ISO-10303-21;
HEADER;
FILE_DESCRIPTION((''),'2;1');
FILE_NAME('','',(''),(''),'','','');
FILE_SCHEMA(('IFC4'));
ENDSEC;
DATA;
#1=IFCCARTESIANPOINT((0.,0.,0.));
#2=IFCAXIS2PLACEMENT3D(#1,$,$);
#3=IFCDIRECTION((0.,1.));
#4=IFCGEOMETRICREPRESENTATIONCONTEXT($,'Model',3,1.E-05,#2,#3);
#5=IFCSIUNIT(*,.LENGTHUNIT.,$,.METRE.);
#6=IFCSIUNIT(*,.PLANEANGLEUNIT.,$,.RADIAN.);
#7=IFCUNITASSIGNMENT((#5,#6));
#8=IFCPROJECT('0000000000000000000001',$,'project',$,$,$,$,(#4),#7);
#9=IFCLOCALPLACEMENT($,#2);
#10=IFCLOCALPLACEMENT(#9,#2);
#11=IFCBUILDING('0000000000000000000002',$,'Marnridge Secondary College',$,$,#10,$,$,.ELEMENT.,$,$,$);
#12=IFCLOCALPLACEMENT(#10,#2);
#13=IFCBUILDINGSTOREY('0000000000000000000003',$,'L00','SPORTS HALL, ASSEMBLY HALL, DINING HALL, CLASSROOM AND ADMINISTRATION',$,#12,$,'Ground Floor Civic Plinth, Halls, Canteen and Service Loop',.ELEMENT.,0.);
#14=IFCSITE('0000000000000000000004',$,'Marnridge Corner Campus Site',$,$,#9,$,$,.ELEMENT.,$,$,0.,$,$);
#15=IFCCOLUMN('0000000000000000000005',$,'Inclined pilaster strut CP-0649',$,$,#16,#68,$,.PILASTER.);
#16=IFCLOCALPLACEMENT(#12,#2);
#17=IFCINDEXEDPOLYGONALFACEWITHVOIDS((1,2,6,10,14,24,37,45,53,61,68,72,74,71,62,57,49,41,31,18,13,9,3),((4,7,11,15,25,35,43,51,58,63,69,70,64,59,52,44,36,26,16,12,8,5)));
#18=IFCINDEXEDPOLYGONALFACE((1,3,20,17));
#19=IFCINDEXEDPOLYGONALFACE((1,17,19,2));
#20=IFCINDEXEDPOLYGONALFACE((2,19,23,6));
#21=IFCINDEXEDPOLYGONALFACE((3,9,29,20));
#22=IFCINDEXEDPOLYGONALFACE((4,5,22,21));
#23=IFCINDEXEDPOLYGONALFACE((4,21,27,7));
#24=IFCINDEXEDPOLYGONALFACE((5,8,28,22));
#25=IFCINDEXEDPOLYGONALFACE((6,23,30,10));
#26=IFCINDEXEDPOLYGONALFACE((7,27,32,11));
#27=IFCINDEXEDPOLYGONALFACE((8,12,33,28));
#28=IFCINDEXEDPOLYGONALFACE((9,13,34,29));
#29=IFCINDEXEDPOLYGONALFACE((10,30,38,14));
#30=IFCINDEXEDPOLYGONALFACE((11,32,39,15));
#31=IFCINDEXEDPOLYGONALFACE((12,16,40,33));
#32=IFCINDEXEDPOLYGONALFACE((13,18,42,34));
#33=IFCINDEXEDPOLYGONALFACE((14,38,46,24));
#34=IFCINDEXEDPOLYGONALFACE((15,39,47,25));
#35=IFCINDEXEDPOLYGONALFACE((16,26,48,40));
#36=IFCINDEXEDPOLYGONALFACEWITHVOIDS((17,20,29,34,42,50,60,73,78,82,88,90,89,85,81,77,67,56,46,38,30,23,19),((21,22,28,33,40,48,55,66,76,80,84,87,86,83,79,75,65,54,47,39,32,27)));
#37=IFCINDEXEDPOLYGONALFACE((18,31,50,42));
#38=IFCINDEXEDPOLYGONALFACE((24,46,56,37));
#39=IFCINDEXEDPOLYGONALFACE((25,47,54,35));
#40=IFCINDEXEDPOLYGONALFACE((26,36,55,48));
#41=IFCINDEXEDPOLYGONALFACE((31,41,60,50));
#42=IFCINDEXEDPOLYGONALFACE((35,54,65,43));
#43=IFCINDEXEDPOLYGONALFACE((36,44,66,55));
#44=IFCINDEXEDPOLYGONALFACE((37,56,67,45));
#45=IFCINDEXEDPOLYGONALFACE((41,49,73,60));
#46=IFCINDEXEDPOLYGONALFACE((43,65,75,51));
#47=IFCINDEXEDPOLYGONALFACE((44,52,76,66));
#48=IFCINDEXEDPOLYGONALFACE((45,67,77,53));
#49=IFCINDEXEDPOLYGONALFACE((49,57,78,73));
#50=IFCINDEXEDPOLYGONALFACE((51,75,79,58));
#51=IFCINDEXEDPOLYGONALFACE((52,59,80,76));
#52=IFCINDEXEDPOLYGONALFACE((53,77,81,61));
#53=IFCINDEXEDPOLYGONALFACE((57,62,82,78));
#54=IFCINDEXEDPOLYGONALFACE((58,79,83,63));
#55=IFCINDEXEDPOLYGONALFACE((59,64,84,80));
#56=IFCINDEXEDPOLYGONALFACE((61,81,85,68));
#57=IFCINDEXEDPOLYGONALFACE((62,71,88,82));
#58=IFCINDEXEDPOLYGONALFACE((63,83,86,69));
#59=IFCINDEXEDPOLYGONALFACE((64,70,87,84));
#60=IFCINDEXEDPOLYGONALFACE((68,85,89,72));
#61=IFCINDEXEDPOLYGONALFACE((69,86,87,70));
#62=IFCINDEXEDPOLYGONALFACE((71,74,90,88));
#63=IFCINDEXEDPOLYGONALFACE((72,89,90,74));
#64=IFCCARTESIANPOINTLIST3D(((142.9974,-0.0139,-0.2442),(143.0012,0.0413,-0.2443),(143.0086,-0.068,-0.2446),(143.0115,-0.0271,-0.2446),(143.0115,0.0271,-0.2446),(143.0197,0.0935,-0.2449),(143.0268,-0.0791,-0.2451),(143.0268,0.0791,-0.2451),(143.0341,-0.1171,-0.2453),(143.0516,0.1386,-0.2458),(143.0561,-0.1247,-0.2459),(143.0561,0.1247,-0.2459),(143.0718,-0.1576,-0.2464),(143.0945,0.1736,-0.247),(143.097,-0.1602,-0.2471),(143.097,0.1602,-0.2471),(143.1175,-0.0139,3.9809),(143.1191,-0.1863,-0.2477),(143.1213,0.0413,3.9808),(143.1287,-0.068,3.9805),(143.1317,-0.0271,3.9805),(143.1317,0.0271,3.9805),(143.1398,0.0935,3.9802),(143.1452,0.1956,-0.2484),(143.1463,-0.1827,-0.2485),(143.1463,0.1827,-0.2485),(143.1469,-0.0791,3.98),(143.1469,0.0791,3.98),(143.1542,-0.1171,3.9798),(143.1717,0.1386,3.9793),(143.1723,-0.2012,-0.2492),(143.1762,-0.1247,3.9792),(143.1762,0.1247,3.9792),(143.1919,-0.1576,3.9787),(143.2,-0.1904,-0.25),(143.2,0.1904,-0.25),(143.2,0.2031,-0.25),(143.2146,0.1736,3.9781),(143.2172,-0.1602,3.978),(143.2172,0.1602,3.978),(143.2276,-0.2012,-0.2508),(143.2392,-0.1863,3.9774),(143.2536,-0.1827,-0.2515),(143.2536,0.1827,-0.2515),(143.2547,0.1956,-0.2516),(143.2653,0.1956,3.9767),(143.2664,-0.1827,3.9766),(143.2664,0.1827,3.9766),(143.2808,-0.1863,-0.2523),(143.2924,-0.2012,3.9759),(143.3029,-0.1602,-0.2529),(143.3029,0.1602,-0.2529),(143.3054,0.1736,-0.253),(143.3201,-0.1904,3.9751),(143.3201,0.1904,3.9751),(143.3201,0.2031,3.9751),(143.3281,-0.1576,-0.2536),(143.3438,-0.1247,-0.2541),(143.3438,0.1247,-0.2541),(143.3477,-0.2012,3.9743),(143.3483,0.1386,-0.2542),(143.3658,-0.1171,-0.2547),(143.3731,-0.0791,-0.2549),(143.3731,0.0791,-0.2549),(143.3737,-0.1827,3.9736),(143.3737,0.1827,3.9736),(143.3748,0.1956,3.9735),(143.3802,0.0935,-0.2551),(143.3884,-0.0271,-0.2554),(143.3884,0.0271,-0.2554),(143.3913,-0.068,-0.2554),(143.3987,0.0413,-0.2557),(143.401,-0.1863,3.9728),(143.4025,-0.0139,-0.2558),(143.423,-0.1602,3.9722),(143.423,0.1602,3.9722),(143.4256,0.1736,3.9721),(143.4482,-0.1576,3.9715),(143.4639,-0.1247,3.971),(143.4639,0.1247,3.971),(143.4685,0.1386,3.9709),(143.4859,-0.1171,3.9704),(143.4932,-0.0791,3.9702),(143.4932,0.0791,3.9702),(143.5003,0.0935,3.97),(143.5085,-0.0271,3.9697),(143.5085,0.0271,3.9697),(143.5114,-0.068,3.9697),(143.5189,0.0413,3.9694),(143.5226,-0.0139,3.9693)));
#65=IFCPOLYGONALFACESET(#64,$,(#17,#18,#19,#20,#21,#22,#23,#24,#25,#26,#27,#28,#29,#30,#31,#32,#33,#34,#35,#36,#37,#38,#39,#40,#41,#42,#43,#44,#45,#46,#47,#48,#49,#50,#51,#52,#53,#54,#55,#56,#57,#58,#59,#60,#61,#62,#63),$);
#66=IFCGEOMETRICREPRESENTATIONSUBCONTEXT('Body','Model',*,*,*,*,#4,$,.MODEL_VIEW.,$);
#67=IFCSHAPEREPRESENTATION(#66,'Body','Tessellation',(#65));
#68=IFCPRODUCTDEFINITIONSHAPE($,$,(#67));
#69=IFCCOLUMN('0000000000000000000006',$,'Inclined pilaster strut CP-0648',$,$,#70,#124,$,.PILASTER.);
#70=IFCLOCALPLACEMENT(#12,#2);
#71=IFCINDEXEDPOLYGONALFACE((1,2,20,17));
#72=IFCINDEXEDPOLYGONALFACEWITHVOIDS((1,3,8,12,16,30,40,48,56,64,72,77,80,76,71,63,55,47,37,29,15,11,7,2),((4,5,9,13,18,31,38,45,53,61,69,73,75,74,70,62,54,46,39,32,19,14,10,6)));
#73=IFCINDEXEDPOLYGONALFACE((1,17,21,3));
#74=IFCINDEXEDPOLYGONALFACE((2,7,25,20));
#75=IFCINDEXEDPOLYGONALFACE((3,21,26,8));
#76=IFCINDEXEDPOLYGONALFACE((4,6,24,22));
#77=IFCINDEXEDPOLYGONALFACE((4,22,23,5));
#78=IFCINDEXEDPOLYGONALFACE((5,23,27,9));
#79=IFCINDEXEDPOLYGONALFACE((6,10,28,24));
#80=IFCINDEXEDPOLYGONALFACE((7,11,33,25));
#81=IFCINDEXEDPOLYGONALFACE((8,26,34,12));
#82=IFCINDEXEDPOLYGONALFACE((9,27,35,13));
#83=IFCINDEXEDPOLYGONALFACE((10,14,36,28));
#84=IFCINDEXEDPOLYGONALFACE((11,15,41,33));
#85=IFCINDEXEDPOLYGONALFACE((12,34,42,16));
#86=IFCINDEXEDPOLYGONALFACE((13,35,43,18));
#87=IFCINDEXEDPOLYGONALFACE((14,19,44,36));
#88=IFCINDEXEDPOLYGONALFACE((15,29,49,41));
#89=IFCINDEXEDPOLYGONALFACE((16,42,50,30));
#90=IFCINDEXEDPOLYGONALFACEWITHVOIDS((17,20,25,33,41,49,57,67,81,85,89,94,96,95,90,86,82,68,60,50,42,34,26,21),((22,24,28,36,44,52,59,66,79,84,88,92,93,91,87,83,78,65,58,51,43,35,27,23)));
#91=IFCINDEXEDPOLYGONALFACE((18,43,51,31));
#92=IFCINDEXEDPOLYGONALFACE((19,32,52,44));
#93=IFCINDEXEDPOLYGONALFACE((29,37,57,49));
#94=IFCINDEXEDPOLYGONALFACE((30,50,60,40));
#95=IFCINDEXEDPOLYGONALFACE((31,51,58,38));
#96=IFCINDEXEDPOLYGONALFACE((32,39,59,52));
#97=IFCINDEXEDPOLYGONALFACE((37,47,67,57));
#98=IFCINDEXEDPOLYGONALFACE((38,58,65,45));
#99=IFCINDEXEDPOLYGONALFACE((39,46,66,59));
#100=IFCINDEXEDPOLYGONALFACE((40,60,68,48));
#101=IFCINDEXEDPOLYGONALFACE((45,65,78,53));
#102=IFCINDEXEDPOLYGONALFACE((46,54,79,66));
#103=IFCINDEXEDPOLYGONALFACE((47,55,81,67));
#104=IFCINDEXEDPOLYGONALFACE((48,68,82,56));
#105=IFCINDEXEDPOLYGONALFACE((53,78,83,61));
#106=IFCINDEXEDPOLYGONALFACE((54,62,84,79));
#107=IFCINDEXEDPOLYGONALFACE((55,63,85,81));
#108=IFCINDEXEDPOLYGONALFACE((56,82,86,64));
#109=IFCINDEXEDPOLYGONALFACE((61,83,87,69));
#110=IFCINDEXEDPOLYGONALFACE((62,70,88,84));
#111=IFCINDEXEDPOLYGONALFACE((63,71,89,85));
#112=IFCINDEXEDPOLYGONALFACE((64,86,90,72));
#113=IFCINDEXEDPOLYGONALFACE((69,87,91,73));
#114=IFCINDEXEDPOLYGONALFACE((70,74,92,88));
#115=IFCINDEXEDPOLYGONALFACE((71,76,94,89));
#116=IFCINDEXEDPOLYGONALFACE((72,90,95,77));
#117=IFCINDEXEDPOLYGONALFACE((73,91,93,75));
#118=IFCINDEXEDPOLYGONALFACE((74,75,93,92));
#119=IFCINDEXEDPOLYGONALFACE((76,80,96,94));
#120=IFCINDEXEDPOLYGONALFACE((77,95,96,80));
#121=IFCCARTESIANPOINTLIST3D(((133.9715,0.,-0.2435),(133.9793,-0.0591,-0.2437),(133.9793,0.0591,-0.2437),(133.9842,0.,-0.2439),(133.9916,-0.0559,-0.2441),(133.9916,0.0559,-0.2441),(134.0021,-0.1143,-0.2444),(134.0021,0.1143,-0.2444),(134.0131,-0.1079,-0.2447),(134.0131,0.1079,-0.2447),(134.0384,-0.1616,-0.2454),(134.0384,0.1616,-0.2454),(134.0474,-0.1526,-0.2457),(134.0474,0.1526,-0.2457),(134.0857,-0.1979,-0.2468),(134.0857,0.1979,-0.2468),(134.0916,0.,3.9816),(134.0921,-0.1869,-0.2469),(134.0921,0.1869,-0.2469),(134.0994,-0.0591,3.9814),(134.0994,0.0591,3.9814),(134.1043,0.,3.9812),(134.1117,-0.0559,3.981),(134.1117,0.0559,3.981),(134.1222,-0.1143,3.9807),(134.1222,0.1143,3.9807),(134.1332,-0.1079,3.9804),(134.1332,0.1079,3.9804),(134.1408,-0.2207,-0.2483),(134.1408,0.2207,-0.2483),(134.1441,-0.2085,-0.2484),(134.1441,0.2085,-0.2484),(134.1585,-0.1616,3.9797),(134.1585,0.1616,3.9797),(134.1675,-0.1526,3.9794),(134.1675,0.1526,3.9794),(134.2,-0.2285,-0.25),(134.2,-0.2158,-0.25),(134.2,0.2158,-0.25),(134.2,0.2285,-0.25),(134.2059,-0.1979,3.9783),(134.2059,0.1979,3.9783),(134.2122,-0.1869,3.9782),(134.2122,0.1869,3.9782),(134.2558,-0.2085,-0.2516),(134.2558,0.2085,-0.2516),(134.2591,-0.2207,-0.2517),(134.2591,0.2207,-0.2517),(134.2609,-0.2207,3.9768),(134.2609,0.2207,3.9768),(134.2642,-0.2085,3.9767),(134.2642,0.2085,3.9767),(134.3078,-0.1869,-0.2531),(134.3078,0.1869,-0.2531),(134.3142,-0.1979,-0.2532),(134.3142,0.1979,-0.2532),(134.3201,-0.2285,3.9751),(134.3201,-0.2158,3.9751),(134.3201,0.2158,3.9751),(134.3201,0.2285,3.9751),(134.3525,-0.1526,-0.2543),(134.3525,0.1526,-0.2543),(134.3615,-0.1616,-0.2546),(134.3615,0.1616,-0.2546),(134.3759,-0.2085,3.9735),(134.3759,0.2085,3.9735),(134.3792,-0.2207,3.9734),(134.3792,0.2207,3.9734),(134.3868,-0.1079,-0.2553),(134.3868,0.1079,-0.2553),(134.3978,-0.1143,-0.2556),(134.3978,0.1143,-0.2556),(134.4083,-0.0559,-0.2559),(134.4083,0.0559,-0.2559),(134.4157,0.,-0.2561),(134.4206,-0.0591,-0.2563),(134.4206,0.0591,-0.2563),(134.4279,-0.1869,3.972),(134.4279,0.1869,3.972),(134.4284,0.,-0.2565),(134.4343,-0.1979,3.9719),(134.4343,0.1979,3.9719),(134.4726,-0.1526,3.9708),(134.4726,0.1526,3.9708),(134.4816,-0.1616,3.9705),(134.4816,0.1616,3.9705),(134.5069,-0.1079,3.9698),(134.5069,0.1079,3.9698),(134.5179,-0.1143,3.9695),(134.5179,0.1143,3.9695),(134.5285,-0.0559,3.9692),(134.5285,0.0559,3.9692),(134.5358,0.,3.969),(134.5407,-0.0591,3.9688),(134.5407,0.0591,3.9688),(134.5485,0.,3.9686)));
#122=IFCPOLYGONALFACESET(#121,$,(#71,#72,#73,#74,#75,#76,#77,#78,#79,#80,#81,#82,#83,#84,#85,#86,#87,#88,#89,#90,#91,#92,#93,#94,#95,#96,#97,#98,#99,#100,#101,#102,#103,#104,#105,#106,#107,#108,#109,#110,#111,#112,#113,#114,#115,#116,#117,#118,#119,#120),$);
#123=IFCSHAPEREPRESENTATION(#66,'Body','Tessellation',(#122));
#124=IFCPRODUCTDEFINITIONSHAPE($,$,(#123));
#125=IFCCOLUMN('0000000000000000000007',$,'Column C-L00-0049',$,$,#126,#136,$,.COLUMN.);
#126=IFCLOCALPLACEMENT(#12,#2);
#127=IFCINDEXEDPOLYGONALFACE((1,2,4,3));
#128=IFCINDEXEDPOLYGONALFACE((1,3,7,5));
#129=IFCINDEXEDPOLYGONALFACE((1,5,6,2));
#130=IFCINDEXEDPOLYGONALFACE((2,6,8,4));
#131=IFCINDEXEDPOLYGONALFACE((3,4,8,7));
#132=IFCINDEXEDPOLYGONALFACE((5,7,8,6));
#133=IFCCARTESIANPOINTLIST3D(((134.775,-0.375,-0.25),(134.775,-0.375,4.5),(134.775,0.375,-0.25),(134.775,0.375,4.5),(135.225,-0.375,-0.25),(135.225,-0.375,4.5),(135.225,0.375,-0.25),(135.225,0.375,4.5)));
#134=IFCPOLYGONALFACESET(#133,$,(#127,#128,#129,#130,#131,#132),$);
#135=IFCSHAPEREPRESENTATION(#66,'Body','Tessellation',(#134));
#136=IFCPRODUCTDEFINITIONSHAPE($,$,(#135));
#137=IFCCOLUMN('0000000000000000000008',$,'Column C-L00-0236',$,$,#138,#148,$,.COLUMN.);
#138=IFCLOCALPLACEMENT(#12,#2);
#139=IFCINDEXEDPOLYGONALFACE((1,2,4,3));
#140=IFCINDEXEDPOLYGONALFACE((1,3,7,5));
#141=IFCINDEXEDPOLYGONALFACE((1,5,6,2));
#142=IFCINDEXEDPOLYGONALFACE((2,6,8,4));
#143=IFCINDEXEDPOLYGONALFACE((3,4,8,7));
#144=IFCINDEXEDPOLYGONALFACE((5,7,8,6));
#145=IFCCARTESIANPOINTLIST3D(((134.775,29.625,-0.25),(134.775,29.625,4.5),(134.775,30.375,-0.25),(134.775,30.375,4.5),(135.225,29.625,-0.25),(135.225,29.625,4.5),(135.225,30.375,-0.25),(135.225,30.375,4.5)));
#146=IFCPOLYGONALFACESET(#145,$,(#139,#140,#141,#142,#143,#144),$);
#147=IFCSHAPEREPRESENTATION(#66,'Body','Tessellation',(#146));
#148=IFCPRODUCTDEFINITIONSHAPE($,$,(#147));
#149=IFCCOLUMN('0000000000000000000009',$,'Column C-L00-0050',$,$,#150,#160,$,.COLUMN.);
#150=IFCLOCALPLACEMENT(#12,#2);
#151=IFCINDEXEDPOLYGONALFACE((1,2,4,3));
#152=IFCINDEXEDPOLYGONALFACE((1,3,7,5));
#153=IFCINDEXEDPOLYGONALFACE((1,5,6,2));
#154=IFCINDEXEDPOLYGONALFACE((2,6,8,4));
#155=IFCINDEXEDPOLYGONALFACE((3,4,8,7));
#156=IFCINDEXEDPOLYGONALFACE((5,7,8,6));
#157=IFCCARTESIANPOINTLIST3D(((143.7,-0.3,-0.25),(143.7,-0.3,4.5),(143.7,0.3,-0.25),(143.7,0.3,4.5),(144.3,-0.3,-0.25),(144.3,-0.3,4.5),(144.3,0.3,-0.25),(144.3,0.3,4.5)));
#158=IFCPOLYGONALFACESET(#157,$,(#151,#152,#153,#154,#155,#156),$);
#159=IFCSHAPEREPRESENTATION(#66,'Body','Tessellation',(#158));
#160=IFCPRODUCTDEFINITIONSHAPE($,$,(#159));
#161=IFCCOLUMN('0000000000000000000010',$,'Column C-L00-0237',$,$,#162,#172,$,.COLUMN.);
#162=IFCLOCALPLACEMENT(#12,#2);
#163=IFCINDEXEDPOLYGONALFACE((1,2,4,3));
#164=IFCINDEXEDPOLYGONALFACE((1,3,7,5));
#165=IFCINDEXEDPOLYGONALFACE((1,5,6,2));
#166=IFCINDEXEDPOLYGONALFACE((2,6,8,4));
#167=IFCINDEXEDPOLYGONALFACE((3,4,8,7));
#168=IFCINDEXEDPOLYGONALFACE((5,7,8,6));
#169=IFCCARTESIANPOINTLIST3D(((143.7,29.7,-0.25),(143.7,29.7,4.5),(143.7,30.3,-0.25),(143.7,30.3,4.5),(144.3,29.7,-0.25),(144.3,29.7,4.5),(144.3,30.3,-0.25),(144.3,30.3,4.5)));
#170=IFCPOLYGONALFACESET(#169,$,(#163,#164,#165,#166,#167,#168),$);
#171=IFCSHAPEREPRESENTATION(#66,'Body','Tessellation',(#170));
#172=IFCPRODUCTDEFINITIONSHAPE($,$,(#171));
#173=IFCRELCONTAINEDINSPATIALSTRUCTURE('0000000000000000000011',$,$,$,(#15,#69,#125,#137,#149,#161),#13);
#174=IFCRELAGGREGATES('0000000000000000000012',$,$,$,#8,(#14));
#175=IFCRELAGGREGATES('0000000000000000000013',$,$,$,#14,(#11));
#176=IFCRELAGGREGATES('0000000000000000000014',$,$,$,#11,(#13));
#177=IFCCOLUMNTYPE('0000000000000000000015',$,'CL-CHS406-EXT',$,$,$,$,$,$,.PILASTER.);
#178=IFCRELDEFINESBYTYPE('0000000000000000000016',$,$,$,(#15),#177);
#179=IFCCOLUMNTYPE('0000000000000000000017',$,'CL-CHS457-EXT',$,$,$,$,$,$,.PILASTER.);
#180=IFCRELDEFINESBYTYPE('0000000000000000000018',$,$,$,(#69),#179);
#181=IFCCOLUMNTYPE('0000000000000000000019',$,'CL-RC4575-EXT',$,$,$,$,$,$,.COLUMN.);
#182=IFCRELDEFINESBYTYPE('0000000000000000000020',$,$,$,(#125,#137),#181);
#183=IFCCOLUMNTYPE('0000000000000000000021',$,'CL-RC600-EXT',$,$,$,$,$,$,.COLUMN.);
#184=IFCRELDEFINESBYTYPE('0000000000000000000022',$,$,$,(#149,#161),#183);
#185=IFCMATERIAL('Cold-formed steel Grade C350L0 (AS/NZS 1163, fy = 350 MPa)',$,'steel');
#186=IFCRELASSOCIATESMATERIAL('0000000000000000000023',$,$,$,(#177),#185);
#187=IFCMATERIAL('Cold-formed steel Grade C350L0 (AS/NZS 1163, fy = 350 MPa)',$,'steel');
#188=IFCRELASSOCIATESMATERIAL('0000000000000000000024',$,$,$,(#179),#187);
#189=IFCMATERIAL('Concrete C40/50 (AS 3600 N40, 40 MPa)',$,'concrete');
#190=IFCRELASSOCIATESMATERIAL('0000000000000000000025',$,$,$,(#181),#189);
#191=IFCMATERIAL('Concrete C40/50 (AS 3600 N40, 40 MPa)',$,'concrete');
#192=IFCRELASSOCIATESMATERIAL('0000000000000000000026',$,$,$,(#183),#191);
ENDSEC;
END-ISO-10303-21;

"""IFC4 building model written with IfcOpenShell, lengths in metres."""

from ifc_helpers import new_model, si_unit, direction, frame, origin, origin_2d, place, context, subcontext, project, spatial, rectangle, hollow_circle, extrude, material, material_profile, profile_set, type_object, element, save


model = new_model("IFC4")

# Units and contexts
model_context = context("Model", 3, precision=1e-05, world=origin(), true_north=direction((0.0, 1.0)))
body_context = subcontext(model_context, "Body", "Model", "MODEL_VIEW")
ifc_project = project(units=[si_unit("LENGTHUNIT", "METRE"), si_unit("PLANEANGLEUNIT", "RADIAN")], contexts=[model_context])

# Site, building, storey
site_placement = place(None, origin())
site = spatial("IfcSite", under=ifc_project, at=site_placement, Name="Marnridge Corner Campus Site", CompositionType="ELEMENT", RefElevation=0.0)
building_placement = place(site_placement, origin())
building = spatial("IfcBuilding", under=site, at=building_placement, Name="Marnridge Secondary College", CompositionType="ELEMENT")
storey_placement = place(building_placement, origin())
storey = spatial("IfcBuildingStorey", under=building, at=storey_placement, Name="L00", Description="SPORTS HALL, ASSEMBLY HALL, DINING HALL, CLASSROOM AND ADMINISTRATION", LongName="Ground Floor Civic Plinth, Halls, Canteen and Service Loop", CompositionType="ELEMENT", Elevation=0.0)

# Columns
ifc_material_1 = material(Name="Cold-formed steel Grade C350L0 (AS/NZS 1163, fy = 350 MPa)", Category="steel")
ifc_material_profile_1 = material_profile(ifc_material_1, hollow_circle(Radius=0.2031, WallThickness=0.0127, at=origin_2d()), Name="406.4x12.7CHS")
ifc_profile_set_1 = profile_set([ifc_material_profile_1], Name="Cold-formed steel Grade C350L0 (AS/NZS 1163, fy = 350 MPa)")
column_type_1 = type_object("IfcColumnType", Name="CL-CHS406-EXT", PredefinedType="PILASTER", material=ifc_profile_set_1)
column_1_placement = place(storey_placement, frame((143.2, 0.0, -0.25), z_axis=(0.028418, 0.0, 0.999596), x_axis=(0.0, 1.0, 0.0)))
element("IfcColumn", 1, at=column_1_placement, inside=storey, type_object=column_type_1, Name="Inclined pilaster strut CP-0649", PredefinedType="PILASTER", context=body_context, shape_type="SweptSolid", body=[
    extrude(hollow_circle(Radius=0.2031, WallThickness=0.0127, at=origin_2d()), origin(), (0.0, 0.0, 1.0), 4.2268),
])
ifc_material_2 = material(Name="Cold-formed steel Grade C350L0 (AS/NZS 1163, fy = 350 MPa)", Category="steel")
ifc_material_profile_2 = material_profile(ifc_material_2, hollow_circle(Radius=0.2285, WallThickness=0.0127, at=origin_2d()), Name="457.0x12.7CHS")
ifc_profile_set_2 = profile_set([ifc_material_profile_2], Name="Cold-formed steel Grade C350L0 (AS/NZS 1163, fy = 350 MPa)")
column_type_2 = type_object("IfcColumnType", Name="CL-CHS457-EXT", PredefinedType="PILASTER", material=ifc_profile_set_2)
column_2_placement = place(storey_placement, frame((134.2, 0.0, -0.25), z_axis=(0.028418, 0.0, 0.999596), x_axis=(0.0, 1.0, 0.0)))
element("IfcColumn", 2, at=column_2_placement, inside=storey, type_object=column_type_2, Name="Inclined pilaster strut CP-0648", PredefinedType="PILASTER", context=body_context, shape_type="SweptSolid", body=[
    extrude(hollow_circle(Radius=0.2285, WallThickness=0.0127, at=origin_2d()), origin(), (0.0, 0.0, 1.0), 4.2268),
])
ifc_material_3 = material(Name="Concrete C40/50 (AS 3600 N40, 40 MPa)", Category="concrete")
ifc_material_profile_3 = material_profile(ifc_material_3, rectangle(XDim=0.45, YDim=0.75, at=origin_2d()), Name="RC 450x750")
ifc_profile_set_3 = profile_set([ifc_material_profile_3], Name="Concrete C40/50 (AS 3600 N40, 40 MPa)")
column_type_3 = type_object("IfcColumnType", Name="CL-RC4575-EXT", PredefinedType="COLUMN", material=ifc_profile_set_3)
for number, where, z_axis, x_axis, name in (
    (3, (135.0, 0.0, -0.25), (0.0, 0.0, 1.0), (1.0, 0.0, 0.0), "Column C-L00-0049"),
    (4, (135.0, 30.0, -0.25), (0.0, 0.0, 1.0), (1.0, 0.0, 0.0), "Column C-L00-0236"),
):
    element("IfcColumn", number, at=place(storey_placement, frame(where, z_axis=z_axis, x_axis=x_axis)), inside=storey, type_object=column_type_3, Name=name, PredefinedType="COLUMN", context=body_context, shape_type="SweptSolid", body=[
        extrude(rectangle(XDim=0.45, YDim=0.75, at=origin_2d()), origin(), (0.0, 0.0, 1.0), 4.75),
    ])
ifc_material_4 = material(Name="Concrete C40/50 (AS 3600 N40, 40 MPa)", Category="concrete")
ifc_material_profile_4 = material_profile(ifc_material_4, rectangle(XDim=0.6001, YDim=0.6001, at=origin_2d()), Name="RC 600x600")
ifc_profile_set_4 = profile_set([ifc_material_profile_4], Name="Concrete C40/50 (AS 3600 N40, 40 MPa)")
column_type_4 = type_object("IfcColumnType", Name="CL-RC600-EXT", PredefinedType="COLUMN", material=ifc_profile_set_4)
for number, where, z_axis, x_axis, name in (
    (5, (144.0, 0.0, -0.25), (0.0, 0.0, 1.0), (1.0, 0.0, 0.0), "Column C-L00-0050"),
    (6, (144.0, 30.0, -0.25), (0.0, 0.0, 1.0), (1.0, 0.0, 0.0), "Column C-L00-0237"),
):
    element("IfcColumn", number, at=place(storey_placement, frame(where, z_axis=z_axis, x_axis=x_axis)), inside=storey, type_object=column_type_4, Name=name, PredefinedType="COLUMN", context=body_context, shape_type="SweptSolid", body=[
        extrude(rectangle(XDim=0.6001, YDim=0.6001, at=origin_2d()), origin(), (0.0, 0.0, 1.0), 4.75),
    ])

save(model, "model.ifc")
